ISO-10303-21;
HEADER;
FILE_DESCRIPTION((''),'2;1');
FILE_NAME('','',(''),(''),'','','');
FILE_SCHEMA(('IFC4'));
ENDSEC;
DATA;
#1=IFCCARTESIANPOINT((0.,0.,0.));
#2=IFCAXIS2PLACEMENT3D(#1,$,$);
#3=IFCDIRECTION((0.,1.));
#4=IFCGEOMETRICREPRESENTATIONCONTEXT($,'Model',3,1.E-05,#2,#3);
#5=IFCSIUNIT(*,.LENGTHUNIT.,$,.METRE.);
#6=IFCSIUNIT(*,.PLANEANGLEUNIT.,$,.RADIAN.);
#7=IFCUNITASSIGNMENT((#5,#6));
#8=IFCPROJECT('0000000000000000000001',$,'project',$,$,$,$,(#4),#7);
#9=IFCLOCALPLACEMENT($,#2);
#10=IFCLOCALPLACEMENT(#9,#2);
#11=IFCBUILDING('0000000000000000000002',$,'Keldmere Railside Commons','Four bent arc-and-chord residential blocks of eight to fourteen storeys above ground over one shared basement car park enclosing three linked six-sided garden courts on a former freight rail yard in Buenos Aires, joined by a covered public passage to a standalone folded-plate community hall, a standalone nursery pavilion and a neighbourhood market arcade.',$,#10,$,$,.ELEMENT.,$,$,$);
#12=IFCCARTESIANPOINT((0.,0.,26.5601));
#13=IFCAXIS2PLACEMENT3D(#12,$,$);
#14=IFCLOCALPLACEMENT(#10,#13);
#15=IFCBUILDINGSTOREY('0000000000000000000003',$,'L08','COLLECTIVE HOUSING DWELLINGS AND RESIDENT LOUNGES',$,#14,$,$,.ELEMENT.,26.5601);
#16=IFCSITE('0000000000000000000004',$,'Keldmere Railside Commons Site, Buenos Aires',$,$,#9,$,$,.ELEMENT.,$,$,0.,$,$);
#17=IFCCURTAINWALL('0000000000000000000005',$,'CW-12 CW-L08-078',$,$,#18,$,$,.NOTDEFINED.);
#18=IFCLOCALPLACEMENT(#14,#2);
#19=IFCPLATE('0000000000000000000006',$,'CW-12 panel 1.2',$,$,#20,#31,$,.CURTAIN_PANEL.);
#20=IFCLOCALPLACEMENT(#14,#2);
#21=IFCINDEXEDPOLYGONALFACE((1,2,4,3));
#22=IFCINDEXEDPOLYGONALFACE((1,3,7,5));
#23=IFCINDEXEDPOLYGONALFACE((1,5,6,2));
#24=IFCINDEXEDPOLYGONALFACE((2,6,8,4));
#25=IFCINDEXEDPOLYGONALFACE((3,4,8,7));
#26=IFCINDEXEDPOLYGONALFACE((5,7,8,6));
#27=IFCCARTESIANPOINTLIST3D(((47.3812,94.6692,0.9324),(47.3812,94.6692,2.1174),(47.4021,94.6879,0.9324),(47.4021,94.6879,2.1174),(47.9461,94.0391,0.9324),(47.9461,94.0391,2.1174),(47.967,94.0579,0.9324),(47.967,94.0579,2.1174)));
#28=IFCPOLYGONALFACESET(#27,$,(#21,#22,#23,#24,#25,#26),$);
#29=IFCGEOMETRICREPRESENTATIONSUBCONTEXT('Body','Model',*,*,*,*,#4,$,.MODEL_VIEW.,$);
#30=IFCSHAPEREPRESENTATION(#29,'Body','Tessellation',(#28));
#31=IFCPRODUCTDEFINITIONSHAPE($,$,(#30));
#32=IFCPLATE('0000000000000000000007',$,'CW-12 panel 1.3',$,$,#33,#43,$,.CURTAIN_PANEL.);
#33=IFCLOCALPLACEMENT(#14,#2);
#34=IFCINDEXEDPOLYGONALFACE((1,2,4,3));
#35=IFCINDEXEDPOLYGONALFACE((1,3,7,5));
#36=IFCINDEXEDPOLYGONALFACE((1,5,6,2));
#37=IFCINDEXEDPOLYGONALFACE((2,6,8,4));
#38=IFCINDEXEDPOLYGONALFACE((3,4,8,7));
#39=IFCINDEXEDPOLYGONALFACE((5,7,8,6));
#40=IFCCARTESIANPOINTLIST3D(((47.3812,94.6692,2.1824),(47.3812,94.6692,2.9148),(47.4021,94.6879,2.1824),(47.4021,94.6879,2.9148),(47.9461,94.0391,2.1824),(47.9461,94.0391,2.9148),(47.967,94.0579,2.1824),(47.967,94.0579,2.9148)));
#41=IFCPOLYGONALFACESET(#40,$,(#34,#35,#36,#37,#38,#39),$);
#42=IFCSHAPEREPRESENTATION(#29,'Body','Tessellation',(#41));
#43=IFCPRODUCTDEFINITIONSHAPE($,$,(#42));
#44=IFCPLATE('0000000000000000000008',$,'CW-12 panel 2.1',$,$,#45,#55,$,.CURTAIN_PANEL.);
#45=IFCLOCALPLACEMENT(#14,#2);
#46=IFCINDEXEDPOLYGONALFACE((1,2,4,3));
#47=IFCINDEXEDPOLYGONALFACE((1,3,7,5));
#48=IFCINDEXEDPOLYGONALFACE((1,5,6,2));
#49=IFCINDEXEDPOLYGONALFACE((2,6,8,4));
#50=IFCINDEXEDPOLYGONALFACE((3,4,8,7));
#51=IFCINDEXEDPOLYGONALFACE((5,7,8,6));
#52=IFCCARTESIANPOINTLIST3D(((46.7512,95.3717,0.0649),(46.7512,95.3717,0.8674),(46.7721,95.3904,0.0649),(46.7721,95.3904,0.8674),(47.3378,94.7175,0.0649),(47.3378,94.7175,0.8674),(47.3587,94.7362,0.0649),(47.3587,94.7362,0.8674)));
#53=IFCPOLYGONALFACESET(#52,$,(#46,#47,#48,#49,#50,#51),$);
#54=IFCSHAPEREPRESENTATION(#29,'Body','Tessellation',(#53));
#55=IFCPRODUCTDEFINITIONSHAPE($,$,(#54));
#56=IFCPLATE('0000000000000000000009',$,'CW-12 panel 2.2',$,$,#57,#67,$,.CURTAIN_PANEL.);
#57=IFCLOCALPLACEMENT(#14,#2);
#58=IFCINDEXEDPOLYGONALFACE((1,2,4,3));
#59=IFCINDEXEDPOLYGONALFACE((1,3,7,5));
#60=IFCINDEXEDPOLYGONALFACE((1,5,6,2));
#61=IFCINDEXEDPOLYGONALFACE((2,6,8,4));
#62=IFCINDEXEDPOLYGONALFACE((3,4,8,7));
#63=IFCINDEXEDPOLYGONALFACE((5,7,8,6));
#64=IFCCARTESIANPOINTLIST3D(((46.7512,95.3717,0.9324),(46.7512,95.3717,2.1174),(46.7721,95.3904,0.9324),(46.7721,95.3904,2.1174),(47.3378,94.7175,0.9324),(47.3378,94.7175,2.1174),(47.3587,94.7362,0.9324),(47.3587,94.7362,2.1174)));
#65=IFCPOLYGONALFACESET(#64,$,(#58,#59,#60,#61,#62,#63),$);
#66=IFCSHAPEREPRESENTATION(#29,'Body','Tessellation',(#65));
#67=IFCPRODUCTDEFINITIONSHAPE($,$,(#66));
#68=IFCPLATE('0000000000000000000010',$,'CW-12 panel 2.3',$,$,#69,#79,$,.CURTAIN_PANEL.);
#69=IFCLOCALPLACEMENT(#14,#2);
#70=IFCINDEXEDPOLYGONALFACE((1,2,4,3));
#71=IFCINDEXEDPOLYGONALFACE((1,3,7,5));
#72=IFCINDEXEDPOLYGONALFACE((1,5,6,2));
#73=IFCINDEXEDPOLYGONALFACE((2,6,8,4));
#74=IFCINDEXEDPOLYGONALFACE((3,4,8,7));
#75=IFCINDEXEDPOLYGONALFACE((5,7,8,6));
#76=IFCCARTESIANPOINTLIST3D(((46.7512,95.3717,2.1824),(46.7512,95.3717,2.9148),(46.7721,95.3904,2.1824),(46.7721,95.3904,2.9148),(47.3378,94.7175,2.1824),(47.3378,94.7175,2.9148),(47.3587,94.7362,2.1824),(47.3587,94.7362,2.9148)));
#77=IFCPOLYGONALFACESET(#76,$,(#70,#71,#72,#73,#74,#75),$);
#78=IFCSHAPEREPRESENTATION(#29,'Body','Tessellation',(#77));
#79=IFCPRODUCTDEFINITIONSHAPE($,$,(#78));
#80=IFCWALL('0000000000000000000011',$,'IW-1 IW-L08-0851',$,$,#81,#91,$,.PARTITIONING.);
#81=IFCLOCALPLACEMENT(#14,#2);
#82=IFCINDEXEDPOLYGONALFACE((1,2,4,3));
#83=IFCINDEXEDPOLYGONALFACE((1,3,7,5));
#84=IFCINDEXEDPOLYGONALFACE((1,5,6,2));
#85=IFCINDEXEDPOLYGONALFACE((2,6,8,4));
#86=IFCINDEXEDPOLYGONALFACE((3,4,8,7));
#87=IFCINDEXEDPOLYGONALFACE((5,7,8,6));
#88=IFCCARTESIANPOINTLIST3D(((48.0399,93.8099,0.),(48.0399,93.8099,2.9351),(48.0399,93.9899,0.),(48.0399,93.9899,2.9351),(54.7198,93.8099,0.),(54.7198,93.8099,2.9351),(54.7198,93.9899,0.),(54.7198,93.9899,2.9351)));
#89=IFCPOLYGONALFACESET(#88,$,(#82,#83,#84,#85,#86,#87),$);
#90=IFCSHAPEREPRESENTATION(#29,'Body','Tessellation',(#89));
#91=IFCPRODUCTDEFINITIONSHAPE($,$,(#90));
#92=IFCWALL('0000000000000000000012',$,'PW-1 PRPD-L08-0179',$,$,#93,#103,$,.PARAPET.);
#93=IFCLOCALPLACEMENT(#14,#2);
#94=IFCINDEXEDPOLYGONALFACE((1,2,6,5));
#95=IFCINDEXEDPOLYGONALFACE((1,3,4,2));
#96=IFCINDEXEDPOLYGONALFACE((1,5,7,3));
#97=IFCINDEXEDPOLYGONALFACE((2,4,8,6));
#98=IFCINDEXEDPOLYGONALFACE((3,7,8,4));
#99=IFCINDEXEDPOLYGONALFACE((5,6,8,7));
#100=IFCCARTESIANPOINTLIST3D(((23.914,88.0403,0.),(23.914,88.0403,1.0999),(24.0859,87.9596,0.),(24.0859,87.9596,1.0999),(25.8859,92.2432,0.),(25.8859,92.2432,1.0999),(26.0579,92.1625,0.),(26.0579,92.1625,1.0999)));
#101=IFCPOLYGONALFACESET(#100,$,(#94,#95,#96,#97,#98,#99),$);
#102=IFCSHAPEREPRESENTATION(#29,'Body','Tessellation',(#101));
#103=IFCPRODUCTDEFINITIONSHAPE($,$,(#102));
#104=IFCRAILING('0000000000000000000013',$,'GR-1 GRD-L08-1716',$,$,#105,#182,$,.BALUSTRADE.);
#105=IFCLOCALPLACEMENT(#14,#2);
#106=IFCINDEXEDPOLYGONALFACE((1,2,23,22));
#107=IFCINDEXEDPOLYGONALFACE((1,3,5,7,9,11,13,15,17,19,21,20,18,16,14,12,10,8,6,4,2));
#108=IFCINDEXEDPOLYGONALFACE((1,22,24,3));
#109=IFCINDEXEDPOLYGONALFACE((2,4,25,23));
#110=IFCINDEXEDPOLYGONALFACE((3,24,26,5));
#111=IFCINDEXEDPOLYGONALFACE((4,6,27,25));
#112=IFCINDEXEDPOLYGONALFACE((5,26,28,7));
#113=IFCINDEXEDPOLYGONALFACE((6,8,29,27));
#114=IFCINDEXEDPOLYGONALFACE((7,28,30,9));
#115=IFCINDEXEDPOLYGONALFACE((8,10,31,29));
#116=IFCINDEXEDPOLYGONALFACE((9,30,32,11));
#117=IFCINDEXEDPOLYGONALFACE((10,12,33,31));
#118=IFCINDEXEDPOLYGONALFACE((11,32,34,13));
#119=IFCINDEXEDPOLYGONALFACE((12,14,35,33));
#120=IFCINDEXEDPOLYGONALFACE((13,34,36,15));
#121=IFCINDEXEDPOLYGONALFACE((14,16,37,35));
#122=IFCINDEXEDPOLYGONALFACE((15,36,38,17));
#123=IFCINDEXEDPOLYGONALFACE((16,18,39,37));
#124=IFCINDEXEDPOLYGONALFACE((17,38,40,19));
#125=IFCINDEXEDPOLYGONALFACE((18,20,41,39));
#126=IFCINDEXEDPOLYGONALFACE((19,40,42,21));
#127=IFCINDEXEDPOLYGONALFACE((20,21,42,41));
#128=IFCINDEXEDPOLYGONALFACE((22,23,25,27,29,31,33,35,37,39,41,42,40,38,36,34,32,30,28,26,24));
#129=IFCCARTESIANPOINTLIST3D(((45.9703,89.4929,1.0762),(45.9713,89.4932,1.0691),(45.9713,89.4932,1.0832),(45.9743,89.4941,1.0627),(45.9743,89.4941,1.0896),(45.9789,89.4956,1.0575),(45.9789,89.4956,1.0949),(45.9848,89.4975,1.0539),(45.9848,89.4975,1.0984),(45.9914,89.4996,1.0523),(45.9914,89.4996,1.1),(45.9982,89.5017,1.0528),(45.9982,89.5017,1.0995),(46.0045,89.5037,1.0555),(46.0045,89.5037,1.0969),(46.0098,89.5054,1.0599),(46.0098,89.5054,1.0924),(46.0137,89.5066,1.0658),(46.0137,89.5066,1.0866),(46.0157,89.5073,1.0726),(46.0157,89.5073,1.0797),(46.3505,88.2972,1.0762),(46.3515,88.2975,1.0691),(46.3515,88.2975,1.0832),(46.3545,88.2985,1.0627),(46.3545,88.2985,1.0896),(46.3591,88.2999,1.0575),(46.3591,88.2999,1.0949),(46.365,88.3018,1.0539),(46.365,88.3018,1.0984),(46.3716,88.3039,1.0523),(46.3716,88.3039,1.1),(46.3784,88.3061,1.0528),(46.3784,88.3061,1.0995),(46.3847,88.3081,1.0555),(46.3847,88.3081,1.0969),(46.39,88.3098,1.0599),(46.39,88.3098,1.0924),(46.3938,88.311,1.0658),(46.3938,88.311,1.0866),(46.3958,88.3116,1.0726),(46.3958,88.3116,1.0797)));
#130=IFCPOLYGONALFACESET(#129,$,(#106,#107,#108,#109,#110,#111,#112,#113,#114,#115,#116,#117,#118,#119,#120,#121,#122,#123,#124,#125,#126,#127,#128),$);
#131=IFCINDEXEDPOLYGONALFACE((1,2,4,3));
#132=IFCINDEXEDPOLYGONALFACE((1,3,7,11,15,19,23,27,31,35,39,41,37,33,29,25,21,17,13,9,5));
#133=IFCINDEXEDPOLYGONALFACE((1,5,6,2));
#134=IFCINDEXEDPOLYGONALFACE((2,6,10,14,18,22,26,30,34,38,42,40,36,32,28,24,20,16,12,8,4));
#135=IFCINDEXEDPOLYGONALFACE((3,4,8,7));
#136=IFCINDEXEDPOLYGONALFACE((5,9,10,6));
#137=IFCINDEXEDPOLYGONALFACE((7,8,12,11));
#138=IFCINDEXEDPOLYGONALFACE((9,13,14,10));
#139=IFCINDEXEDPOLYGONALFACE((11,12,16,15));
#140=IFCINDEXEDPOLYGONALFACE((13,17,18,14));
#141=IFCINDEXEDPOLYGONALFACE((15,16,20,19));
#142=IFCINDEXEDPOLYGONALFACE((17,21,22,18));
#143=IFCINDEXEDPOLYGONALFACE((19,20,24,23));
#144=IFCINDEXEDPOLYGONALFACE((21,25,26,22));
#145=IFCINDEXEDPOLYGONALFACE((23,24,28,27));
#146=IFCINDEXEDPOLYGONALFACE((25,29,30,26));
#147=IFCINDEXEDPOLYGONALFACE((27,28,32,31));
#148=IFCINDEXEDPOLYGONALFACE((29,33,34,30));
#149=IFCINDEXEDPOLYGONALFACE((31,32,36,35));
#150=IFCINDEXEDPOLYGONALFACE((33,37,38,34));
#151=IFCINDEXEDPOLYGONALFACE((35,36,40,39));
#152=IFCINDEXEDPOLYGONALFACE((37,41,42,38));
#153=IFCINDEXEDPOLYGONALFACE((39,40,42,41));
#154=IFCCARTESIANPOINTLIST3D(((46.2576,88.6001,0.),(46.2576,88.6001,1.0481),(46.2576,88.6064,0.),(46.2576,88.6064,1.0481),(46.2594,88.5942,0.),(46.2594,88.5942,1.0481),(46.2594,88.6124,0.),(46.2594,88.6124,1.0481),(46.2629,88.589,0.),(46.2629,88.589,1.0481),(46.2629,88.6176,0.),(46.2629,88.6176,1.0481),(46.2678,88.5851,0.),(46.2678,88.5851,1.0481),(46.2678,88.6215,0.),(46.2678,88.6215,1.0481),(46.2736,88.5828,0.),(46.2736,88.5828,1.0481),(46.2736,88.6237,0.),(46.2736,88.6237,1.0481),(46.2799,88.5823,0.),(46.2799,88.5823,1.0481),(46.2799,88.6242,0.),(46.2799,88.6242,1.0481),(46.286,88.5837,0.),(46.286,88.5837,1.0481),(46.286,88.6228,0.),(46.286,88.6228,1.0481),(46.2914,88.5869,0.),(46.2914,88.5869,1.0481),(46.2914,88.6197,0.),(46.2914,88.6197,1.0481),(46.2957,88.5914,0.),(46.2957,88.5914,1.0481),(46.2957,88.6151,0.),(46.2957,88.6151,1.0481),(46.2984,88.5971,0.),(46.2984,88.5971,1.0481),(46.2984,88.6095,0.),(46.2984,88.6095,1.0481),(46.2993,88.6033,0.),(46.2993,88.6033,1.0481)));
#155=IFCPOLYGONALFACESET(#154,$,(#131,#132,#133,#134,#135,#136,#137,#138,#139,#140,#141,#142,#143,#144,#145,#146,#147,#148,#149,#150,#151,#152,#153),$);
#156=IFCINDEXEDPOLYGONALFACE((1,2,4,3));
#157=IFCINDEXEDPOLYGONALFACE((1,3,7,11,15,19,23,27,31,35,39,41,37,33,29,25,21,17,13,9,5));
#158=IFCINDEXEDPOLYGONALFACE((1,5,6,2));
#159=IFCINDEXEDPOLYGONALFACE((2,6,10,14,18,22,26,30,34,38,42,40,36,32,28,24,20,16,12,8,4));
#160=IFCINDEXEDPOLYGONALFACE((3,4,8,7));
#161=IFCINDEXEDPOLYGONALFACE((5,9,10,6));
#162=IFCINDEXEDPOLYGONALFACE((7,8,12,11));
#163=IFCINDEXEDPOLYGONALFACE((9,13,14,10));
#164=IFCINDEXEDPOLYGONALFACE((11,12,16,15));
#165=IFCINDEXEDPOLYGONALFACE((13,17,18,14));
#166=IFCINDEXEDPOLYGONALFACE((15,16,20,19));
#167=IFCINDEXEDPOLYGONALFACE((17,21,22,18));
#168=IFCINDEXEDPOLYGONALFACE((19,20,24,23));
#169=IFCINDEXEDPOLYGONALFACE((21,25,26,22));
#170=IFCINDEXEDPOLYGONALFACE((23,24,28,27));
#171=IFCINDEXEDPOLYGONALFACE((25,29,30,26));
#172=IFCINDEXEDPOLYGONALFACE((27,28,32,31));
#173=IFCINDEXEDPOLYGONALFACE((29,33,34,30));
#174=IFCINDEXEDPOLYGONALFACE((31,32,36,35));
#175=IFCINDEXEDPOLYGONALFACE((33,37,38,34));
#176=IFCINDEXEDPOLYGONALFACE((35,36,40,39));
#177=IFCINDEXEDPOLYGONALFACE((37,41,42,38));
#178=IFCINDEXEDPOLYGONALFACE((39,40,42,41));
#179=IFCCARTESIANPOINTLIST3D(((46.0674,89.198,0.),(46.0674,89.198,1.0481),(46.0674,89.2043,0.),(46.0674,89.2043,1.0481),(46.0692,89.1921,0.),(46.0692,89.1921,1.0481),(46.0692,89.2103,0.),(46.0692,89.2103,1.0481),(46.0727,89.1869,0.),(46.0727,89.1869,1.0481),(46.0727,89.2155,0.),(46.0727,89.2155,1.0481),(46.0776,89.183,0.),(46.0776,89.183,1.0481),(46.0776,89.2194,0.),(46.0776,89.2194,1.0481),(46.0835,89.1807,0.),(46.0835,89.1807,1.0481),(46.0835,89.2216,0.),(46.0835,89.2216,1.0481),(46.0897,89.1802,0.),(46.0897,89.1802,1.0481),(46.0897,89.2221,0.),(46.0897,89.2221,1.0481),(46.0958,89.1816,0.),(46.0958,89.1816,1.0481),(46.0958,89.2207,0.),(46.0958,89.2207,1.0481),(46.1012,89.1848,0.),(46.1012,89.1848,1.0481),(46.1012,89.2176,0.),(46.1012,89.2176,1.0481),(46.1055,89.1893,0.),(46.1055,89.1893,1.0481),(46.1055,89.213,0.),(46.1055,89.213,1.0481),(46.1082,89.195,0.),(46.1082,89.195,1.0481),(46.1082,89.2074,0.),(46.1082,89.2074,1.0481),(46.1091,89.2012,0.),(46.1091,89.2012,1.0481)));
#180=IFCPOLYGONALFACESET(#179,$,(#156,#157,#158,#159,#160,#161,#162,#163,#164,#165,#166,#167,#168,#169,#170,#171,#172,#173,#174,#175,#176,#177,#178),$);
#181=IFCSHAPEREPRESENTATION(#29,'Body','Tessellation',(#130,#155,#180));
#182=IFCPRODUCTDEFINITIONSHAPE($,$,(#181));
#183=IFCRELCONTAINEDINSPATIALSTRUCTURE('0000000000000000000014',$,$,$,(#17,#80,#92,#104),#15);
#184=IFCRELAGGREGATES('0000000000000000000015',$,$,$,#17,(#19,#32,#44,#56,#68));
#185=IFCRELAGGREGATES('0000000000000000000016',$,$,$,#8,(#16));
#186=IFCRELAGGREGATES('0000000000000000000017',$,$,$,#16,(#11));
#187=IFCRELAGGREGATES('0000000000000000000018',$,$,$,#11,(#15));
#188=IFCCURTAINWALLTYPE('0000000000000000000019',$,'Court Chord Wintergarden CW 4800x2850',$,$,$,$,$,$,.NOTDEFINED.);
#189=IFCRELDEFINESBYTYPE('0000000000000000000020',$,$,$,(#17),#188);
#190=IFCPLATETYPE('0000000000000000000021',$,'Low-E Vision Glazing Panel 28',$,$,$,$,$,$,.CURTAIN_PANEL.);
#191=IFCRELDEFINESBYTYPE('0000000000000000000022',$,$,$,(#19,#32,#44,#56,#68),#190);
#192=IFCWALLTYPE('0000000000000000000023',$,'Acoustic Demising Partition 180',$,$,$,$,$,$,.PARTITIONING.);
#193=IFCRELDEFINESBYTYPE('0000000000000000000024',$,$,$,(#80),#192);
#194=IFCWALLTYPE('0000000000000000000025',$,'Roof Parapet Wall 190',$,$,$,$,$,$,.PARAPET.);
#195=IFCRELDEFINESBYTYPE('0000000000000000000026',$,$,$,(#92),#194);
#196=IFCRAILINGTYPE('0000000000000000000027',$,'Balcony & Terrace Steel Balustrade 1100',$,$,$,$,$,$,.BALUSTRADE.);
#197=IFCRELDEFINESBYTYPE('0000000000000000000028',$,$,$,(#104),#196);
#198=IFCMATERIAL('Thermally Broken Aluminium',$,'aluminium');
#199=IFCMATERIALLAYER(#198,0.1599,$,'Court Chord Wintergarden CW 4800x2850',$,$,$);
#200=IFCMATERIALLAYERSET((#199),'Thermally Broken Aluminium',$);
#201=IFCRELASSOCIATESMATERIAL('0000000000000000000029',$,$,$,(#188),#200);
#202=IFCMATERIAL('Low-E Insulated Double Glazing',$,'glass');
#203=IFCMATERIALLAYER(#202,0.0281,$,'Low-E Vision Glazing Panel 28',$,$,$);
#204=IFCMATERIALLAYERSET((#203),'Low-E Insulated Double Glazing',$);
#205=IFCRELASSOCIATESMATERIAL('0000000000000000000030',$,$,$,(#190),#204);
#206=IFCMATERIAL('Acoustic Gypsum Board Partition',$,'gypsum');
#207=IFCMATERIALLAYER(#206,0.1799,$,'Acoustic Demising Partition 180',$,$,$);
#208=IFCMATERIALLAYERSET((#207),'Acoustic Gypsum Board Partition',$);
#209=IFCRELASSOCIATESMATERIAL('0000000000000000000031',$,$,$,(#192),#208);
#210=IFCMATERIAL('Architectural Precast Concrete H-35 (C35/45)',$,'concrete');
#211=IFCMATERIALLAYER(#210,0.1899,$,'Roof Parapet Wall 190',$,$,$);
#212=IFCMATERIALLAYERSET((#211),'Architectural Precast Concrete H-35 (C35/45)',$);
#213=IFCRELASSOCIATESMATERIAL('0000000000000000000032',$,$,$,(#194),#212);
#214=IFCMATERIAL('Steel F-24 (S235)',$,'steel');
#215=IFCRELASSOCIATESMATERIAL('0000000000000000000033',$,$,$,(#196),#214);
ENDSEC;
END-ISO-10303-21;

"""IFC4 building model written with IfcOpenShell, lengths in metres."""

from ifc_helpers import new_model, si_unit, direction, frame, frame_2d, origin, origin_2d, place, context, subcontext, project, spatial, rectangle, circle, extrude, material, layer, layer_set, type_object, element, aggregate, save


model = new_model("IFC4")

# Units and contexts
model_context = context("Model", 3, precision=1e-05, world=origin(), true_north=direction((0.0, 1.0)))
body_context = subcontext(model_context, "Body", "Model", "MODEL_VIEW")
ifc_project = project(units=[si_unit("LENGTHUNIT", "METRE"), si_unit("PLANEANGLEUNIT", "RADIAN")], contexts=[model_context])

# Site, building, storey
site_placement = place(None, origin())
site = spatial("IfcSite", under=ifc_project, at=site_placement, Name="Keldmere Railside Commons Site, Buenos Aires", CompositionType="ELEMENT", RefElevation=0.0)
building_placement = place(site_placement, origin())
building = spatial("IfcBuilding", under=site, at=building_placement, Name="Keldmere Railside Commons", Description="Four bent arc-and-chord residential blocks of eight to fourteen storeys above ground over one shared basement car park enclosing three linked six-sided garden courts on a former freight rail yard in Buenos Aires, joined by a covered public passage to a standalone folded-plate community hall, a standalone nursery pavilion and a neighbourhood market arcade.", CompositionType="ELEMENT")
storey_placement = place(building_placement, frame((0.0, 0.0, 26.5601)))
storey = spatial("IfcBuildingStorey", under=building, at=storey_placement, Name="L08", Description="COLLECTIVE HOUSING DWELLINGS AND RESIDENT LOUNGES", CompositionType="ELEMENT", Elevation=26.5601)

# Curtain wall, plates
ifc_material_1 = material(Name="Thermally Broken Aluminium", Category="aluminium")
ifc_layer_1 = layer(ifc_material_1, 0.1599, Name="Court Chord Wintergarden CW 4800x2850")
ifc_layer_set_1 = layer_set([ifc_layer_1], Name="Thermally Broken Aluminium")
curtain_wall_type = type_object("IfcCurtainWallType", Name="Court Chord Wintergarden CW 4800x2850", PredefinedType="NOTDEFINED", material=ifc_layer_set_1)
curtain_wall_placement = place(storey_placement, origin())
curtain_wall = element("IfcCurtainWall", 1, at=curtain_wall_placement, inside=storey, type_object=curtain_wall_type, Name="CW-12 CW-L08-078", PredefinedType="NOTDEFINED")
ifc_material_2 = material(Name="Low-E Insulated Double Glazing", Category="glass")
ifc_layer_2 = layer(ifc_material_2, 0.0281, Name="Low-E Vision Glazing Panel 28")
ifc_layer_set_2 = layer_set([ifc_layer_2], Name="Low-E Insulated Double Glazing")
plate_type = type_object("IfcPlateType", Name="Low-E Vision Glazing Panel 28", PredefinedType="CURTAIN_PANEL", material=ifc_layer_set_2)
plate_1_placement = place(storey_placement, frame((47.6741, 94.3635, 0.9324), z_axis=(0.0, 0.0, 1.0), x_axis=(-0.667559, 0.744557, 0.0)))
plate_1 = element("IfcPlate", 2, at=plate_1_placement, type_object=plate_type, Name="CW-12 panel 1.2", PredefinedType="CURTAIN_PANEL", context=body_context, shape_type="SweptSolid", body=[
    extrude(rectangle(XDim=0.8462, YDim=0.0281, at=origin_2d()), origin(), (0.0, 0.0, 1.0), 1.1851),
])
plate_2_placement = place(storey_placement, frame((47.6741, 94.3635, 2.1824), z_axis=(0.0, 0.0, 1.0), x_axis=(-0.667559, 0.744557, 0.0)))
plate_2 = element("IfcPlate", 3, at=plate_2_placement, type_object=plate_type, Name="CW-12 panel 1.3", PredefinedType="CURTAIN_PANEL", context=body_context, shape_type="SweptSolid", body=[
    extrude(rectangle(XDim=0.8462, YDim=0.0281, at=origin_2d()), origin(), (0.0, 0.0, 1.0), 0.7324),
])
plate_3_placement = place(storey_placement, frame((47.0549, 95.054, 0.0649), z_axis=(0.0, 0.0, 1.0), x_axis=(-0.667559, 0.744557, 0.0)))
plate_3 = element("IfcPlate", 4, at=plate_3_placement, type_object=plate_type, Name="CW-12 panel 2.1", PredefinedType="CURTAIN_PANEL", context=body_context, shape_type="SweptSolid", body=[
    extrude(rectangle(XDim=0.8787, YDim=0.0281, at=origin_2d()), origin(), (0.0, 0.0, 1.0), 0.8025),
])
plate_4_placement = place(storey_placement, frame((47.0549, 95.054, 0.9324), z_axis=(0.0, 0.0, 1.0), x_axis=(-0.667559, 0.744557, 0.0)))
plate_4 = element("IfcPlate", 5, at=plate_4_placement, type_object=plate_type, Name="CW-12 panel 2.2", PredefinedType="CURTAIN_PANEL", context=body_context, shape_type="SweptSolid", body=[
    extrude(rectangle(XDim=0.8787, YDim=0.0281, at=origin_2d()), origin(), (0.0, 0.0, 1.0), 1.1851),
])
plate_5_placement = place(storey_placement, frame((47.0549, 95.054, 2.1824), z_axis=(0.0, 0.0, 1.0), x_axis=(-0.667559, 0.744557, 0.0)))
plate_5 = element("IfcPlate", 6, at=plate_5_placement, type_object=plate_type, Name="CW-12 panel 2.3", PredefinedType="CURTAIN_PANEL", context=body_context, shape_type="SweptSolid", body=[
    extrude(rectangle(XDim=0.8787, YDim=0.0281, at=origin_2d()), origin(), (0.0, 0.0, 1.0), 0.7324),
])
aggregate(curtain_wall, [plate_1, plate_2, plate_3, plate_4, plate_5])

# Walls
ifc_material_3 = material(Name="Acoustic Gypsum Board Partition", Category="gypsum")
ifc_layer_3 = layer(ifc_material_3, 0.1799, Name="Acoustic Demising Partition 180")
ifc_layer_set_3 = layer_set([ifc_layer_3], Name="Acoustic Gypsum Board Partition")
wall_type_1 = type_object("IfcWallType", Name="Acoustic Demising Partition 180", PredefinedType="PARTITIONING", material=ifc_layer_set_3)
wall_1_placement = place(storey_placement, frame((48.04, 93.8999, 0.0), z_axis=(0.0, 0.0, 1.0), x_axis=(1.0, 0.0, 0.0)))
element("IfcWall", 7, at=wall_1_placement, inside=storey, type_object=wall_type_1, Name="IW-1 IW-L08-0851", PredefinedType="PARTITIONING", context=body_context, shape_type="SweptSolid", body=[
    extrude(rectangle(XDim=6.6799, YDim=0.1799, at=frame_2d((3.3398, 0.0))), origin(), (0.0, 0.0, 1.0), 2.9351),
])
ifc_material_4 = material(Name="Architectural Precast Concrete H-35 (C35/45)", Category="concrete")
ifc_layer_4 = layer(ifc_material_4, 0.1899, Name="Roof Parapet Wall 190")
ifc_layer_set_4 = layer_set([ifc_layer_4], Name="Architectural Precast Concrete H-35 (C35/45)")
wall_type_2 = type_object("IfcWallType", Name="Roof Parapet Wall 190", PredefinedType="PARAPET", material=ifc_layer_set_4)
wall_2_placement = place(storey_placement, frame((25.9719, 92.2029, 0.0), z_axis=(0.0, 0.0, 1.0), x_axis=(-0.424756, -0.905308, 0.0)))
element("IfcWall", 8, at=wall_2_placement, inside=storey, type_object=wall_type_2, Name="PW-1 PRPD-L08-0179", PredefinedType="PARAPET", context=body_context, shape_type="SweptSolid", body=[
    extrude(rectangle(XDim=4.6426, YDim=0.1899, at=frame_2d((2.3213, 0.0))), origin(), (0.0, 0.0, 1.0), 1.0999),
])

# Railing
ifc_material_5 = material(Name="Steel F-24 (S235)", Category="steel")
railing_type = type_object("IfcRailingType", Name="Balcony & Terrace Steel Balustrade 1100", PredefinedType="BALUSTRADE", material=ifc_material_5)
railing_1_placement = place(storey_placement, frame((46.3733, 88.3044, 0.0)))
element("IfcRailing", 9, at=railing_1_placement, inside=storey, type_object=railing_type, Name="GR-1 GRD-L08-1716", PredefinedType="BALUSTRADE", context=body_context, shape_type="SweptSolid", body=[
    extrude(circle(Radius=0.0239, at=origin_2d()), frame((0.0, 0.0, 1.0762), z_axis=(-0.303003, 0.95299, 0.0), x_axis=(-0.95299, -0.303003, 0.0)), (0.0, 0.0, 1.0), 1.2546),
    extrude(circle(Radius=0.021, at=origin_2d()), frame((-0.095, 0.2988, 0.0)), (0.0, 0.0, 1.0), 1.0481),
    extrude(circle(Radius=0.021, at=origin_2d()), frame((-0.2852, 0.8967, 0.0)), (0.0, 0.0, 1.0), 1.0481),
])

save(model, "model.ifc")
